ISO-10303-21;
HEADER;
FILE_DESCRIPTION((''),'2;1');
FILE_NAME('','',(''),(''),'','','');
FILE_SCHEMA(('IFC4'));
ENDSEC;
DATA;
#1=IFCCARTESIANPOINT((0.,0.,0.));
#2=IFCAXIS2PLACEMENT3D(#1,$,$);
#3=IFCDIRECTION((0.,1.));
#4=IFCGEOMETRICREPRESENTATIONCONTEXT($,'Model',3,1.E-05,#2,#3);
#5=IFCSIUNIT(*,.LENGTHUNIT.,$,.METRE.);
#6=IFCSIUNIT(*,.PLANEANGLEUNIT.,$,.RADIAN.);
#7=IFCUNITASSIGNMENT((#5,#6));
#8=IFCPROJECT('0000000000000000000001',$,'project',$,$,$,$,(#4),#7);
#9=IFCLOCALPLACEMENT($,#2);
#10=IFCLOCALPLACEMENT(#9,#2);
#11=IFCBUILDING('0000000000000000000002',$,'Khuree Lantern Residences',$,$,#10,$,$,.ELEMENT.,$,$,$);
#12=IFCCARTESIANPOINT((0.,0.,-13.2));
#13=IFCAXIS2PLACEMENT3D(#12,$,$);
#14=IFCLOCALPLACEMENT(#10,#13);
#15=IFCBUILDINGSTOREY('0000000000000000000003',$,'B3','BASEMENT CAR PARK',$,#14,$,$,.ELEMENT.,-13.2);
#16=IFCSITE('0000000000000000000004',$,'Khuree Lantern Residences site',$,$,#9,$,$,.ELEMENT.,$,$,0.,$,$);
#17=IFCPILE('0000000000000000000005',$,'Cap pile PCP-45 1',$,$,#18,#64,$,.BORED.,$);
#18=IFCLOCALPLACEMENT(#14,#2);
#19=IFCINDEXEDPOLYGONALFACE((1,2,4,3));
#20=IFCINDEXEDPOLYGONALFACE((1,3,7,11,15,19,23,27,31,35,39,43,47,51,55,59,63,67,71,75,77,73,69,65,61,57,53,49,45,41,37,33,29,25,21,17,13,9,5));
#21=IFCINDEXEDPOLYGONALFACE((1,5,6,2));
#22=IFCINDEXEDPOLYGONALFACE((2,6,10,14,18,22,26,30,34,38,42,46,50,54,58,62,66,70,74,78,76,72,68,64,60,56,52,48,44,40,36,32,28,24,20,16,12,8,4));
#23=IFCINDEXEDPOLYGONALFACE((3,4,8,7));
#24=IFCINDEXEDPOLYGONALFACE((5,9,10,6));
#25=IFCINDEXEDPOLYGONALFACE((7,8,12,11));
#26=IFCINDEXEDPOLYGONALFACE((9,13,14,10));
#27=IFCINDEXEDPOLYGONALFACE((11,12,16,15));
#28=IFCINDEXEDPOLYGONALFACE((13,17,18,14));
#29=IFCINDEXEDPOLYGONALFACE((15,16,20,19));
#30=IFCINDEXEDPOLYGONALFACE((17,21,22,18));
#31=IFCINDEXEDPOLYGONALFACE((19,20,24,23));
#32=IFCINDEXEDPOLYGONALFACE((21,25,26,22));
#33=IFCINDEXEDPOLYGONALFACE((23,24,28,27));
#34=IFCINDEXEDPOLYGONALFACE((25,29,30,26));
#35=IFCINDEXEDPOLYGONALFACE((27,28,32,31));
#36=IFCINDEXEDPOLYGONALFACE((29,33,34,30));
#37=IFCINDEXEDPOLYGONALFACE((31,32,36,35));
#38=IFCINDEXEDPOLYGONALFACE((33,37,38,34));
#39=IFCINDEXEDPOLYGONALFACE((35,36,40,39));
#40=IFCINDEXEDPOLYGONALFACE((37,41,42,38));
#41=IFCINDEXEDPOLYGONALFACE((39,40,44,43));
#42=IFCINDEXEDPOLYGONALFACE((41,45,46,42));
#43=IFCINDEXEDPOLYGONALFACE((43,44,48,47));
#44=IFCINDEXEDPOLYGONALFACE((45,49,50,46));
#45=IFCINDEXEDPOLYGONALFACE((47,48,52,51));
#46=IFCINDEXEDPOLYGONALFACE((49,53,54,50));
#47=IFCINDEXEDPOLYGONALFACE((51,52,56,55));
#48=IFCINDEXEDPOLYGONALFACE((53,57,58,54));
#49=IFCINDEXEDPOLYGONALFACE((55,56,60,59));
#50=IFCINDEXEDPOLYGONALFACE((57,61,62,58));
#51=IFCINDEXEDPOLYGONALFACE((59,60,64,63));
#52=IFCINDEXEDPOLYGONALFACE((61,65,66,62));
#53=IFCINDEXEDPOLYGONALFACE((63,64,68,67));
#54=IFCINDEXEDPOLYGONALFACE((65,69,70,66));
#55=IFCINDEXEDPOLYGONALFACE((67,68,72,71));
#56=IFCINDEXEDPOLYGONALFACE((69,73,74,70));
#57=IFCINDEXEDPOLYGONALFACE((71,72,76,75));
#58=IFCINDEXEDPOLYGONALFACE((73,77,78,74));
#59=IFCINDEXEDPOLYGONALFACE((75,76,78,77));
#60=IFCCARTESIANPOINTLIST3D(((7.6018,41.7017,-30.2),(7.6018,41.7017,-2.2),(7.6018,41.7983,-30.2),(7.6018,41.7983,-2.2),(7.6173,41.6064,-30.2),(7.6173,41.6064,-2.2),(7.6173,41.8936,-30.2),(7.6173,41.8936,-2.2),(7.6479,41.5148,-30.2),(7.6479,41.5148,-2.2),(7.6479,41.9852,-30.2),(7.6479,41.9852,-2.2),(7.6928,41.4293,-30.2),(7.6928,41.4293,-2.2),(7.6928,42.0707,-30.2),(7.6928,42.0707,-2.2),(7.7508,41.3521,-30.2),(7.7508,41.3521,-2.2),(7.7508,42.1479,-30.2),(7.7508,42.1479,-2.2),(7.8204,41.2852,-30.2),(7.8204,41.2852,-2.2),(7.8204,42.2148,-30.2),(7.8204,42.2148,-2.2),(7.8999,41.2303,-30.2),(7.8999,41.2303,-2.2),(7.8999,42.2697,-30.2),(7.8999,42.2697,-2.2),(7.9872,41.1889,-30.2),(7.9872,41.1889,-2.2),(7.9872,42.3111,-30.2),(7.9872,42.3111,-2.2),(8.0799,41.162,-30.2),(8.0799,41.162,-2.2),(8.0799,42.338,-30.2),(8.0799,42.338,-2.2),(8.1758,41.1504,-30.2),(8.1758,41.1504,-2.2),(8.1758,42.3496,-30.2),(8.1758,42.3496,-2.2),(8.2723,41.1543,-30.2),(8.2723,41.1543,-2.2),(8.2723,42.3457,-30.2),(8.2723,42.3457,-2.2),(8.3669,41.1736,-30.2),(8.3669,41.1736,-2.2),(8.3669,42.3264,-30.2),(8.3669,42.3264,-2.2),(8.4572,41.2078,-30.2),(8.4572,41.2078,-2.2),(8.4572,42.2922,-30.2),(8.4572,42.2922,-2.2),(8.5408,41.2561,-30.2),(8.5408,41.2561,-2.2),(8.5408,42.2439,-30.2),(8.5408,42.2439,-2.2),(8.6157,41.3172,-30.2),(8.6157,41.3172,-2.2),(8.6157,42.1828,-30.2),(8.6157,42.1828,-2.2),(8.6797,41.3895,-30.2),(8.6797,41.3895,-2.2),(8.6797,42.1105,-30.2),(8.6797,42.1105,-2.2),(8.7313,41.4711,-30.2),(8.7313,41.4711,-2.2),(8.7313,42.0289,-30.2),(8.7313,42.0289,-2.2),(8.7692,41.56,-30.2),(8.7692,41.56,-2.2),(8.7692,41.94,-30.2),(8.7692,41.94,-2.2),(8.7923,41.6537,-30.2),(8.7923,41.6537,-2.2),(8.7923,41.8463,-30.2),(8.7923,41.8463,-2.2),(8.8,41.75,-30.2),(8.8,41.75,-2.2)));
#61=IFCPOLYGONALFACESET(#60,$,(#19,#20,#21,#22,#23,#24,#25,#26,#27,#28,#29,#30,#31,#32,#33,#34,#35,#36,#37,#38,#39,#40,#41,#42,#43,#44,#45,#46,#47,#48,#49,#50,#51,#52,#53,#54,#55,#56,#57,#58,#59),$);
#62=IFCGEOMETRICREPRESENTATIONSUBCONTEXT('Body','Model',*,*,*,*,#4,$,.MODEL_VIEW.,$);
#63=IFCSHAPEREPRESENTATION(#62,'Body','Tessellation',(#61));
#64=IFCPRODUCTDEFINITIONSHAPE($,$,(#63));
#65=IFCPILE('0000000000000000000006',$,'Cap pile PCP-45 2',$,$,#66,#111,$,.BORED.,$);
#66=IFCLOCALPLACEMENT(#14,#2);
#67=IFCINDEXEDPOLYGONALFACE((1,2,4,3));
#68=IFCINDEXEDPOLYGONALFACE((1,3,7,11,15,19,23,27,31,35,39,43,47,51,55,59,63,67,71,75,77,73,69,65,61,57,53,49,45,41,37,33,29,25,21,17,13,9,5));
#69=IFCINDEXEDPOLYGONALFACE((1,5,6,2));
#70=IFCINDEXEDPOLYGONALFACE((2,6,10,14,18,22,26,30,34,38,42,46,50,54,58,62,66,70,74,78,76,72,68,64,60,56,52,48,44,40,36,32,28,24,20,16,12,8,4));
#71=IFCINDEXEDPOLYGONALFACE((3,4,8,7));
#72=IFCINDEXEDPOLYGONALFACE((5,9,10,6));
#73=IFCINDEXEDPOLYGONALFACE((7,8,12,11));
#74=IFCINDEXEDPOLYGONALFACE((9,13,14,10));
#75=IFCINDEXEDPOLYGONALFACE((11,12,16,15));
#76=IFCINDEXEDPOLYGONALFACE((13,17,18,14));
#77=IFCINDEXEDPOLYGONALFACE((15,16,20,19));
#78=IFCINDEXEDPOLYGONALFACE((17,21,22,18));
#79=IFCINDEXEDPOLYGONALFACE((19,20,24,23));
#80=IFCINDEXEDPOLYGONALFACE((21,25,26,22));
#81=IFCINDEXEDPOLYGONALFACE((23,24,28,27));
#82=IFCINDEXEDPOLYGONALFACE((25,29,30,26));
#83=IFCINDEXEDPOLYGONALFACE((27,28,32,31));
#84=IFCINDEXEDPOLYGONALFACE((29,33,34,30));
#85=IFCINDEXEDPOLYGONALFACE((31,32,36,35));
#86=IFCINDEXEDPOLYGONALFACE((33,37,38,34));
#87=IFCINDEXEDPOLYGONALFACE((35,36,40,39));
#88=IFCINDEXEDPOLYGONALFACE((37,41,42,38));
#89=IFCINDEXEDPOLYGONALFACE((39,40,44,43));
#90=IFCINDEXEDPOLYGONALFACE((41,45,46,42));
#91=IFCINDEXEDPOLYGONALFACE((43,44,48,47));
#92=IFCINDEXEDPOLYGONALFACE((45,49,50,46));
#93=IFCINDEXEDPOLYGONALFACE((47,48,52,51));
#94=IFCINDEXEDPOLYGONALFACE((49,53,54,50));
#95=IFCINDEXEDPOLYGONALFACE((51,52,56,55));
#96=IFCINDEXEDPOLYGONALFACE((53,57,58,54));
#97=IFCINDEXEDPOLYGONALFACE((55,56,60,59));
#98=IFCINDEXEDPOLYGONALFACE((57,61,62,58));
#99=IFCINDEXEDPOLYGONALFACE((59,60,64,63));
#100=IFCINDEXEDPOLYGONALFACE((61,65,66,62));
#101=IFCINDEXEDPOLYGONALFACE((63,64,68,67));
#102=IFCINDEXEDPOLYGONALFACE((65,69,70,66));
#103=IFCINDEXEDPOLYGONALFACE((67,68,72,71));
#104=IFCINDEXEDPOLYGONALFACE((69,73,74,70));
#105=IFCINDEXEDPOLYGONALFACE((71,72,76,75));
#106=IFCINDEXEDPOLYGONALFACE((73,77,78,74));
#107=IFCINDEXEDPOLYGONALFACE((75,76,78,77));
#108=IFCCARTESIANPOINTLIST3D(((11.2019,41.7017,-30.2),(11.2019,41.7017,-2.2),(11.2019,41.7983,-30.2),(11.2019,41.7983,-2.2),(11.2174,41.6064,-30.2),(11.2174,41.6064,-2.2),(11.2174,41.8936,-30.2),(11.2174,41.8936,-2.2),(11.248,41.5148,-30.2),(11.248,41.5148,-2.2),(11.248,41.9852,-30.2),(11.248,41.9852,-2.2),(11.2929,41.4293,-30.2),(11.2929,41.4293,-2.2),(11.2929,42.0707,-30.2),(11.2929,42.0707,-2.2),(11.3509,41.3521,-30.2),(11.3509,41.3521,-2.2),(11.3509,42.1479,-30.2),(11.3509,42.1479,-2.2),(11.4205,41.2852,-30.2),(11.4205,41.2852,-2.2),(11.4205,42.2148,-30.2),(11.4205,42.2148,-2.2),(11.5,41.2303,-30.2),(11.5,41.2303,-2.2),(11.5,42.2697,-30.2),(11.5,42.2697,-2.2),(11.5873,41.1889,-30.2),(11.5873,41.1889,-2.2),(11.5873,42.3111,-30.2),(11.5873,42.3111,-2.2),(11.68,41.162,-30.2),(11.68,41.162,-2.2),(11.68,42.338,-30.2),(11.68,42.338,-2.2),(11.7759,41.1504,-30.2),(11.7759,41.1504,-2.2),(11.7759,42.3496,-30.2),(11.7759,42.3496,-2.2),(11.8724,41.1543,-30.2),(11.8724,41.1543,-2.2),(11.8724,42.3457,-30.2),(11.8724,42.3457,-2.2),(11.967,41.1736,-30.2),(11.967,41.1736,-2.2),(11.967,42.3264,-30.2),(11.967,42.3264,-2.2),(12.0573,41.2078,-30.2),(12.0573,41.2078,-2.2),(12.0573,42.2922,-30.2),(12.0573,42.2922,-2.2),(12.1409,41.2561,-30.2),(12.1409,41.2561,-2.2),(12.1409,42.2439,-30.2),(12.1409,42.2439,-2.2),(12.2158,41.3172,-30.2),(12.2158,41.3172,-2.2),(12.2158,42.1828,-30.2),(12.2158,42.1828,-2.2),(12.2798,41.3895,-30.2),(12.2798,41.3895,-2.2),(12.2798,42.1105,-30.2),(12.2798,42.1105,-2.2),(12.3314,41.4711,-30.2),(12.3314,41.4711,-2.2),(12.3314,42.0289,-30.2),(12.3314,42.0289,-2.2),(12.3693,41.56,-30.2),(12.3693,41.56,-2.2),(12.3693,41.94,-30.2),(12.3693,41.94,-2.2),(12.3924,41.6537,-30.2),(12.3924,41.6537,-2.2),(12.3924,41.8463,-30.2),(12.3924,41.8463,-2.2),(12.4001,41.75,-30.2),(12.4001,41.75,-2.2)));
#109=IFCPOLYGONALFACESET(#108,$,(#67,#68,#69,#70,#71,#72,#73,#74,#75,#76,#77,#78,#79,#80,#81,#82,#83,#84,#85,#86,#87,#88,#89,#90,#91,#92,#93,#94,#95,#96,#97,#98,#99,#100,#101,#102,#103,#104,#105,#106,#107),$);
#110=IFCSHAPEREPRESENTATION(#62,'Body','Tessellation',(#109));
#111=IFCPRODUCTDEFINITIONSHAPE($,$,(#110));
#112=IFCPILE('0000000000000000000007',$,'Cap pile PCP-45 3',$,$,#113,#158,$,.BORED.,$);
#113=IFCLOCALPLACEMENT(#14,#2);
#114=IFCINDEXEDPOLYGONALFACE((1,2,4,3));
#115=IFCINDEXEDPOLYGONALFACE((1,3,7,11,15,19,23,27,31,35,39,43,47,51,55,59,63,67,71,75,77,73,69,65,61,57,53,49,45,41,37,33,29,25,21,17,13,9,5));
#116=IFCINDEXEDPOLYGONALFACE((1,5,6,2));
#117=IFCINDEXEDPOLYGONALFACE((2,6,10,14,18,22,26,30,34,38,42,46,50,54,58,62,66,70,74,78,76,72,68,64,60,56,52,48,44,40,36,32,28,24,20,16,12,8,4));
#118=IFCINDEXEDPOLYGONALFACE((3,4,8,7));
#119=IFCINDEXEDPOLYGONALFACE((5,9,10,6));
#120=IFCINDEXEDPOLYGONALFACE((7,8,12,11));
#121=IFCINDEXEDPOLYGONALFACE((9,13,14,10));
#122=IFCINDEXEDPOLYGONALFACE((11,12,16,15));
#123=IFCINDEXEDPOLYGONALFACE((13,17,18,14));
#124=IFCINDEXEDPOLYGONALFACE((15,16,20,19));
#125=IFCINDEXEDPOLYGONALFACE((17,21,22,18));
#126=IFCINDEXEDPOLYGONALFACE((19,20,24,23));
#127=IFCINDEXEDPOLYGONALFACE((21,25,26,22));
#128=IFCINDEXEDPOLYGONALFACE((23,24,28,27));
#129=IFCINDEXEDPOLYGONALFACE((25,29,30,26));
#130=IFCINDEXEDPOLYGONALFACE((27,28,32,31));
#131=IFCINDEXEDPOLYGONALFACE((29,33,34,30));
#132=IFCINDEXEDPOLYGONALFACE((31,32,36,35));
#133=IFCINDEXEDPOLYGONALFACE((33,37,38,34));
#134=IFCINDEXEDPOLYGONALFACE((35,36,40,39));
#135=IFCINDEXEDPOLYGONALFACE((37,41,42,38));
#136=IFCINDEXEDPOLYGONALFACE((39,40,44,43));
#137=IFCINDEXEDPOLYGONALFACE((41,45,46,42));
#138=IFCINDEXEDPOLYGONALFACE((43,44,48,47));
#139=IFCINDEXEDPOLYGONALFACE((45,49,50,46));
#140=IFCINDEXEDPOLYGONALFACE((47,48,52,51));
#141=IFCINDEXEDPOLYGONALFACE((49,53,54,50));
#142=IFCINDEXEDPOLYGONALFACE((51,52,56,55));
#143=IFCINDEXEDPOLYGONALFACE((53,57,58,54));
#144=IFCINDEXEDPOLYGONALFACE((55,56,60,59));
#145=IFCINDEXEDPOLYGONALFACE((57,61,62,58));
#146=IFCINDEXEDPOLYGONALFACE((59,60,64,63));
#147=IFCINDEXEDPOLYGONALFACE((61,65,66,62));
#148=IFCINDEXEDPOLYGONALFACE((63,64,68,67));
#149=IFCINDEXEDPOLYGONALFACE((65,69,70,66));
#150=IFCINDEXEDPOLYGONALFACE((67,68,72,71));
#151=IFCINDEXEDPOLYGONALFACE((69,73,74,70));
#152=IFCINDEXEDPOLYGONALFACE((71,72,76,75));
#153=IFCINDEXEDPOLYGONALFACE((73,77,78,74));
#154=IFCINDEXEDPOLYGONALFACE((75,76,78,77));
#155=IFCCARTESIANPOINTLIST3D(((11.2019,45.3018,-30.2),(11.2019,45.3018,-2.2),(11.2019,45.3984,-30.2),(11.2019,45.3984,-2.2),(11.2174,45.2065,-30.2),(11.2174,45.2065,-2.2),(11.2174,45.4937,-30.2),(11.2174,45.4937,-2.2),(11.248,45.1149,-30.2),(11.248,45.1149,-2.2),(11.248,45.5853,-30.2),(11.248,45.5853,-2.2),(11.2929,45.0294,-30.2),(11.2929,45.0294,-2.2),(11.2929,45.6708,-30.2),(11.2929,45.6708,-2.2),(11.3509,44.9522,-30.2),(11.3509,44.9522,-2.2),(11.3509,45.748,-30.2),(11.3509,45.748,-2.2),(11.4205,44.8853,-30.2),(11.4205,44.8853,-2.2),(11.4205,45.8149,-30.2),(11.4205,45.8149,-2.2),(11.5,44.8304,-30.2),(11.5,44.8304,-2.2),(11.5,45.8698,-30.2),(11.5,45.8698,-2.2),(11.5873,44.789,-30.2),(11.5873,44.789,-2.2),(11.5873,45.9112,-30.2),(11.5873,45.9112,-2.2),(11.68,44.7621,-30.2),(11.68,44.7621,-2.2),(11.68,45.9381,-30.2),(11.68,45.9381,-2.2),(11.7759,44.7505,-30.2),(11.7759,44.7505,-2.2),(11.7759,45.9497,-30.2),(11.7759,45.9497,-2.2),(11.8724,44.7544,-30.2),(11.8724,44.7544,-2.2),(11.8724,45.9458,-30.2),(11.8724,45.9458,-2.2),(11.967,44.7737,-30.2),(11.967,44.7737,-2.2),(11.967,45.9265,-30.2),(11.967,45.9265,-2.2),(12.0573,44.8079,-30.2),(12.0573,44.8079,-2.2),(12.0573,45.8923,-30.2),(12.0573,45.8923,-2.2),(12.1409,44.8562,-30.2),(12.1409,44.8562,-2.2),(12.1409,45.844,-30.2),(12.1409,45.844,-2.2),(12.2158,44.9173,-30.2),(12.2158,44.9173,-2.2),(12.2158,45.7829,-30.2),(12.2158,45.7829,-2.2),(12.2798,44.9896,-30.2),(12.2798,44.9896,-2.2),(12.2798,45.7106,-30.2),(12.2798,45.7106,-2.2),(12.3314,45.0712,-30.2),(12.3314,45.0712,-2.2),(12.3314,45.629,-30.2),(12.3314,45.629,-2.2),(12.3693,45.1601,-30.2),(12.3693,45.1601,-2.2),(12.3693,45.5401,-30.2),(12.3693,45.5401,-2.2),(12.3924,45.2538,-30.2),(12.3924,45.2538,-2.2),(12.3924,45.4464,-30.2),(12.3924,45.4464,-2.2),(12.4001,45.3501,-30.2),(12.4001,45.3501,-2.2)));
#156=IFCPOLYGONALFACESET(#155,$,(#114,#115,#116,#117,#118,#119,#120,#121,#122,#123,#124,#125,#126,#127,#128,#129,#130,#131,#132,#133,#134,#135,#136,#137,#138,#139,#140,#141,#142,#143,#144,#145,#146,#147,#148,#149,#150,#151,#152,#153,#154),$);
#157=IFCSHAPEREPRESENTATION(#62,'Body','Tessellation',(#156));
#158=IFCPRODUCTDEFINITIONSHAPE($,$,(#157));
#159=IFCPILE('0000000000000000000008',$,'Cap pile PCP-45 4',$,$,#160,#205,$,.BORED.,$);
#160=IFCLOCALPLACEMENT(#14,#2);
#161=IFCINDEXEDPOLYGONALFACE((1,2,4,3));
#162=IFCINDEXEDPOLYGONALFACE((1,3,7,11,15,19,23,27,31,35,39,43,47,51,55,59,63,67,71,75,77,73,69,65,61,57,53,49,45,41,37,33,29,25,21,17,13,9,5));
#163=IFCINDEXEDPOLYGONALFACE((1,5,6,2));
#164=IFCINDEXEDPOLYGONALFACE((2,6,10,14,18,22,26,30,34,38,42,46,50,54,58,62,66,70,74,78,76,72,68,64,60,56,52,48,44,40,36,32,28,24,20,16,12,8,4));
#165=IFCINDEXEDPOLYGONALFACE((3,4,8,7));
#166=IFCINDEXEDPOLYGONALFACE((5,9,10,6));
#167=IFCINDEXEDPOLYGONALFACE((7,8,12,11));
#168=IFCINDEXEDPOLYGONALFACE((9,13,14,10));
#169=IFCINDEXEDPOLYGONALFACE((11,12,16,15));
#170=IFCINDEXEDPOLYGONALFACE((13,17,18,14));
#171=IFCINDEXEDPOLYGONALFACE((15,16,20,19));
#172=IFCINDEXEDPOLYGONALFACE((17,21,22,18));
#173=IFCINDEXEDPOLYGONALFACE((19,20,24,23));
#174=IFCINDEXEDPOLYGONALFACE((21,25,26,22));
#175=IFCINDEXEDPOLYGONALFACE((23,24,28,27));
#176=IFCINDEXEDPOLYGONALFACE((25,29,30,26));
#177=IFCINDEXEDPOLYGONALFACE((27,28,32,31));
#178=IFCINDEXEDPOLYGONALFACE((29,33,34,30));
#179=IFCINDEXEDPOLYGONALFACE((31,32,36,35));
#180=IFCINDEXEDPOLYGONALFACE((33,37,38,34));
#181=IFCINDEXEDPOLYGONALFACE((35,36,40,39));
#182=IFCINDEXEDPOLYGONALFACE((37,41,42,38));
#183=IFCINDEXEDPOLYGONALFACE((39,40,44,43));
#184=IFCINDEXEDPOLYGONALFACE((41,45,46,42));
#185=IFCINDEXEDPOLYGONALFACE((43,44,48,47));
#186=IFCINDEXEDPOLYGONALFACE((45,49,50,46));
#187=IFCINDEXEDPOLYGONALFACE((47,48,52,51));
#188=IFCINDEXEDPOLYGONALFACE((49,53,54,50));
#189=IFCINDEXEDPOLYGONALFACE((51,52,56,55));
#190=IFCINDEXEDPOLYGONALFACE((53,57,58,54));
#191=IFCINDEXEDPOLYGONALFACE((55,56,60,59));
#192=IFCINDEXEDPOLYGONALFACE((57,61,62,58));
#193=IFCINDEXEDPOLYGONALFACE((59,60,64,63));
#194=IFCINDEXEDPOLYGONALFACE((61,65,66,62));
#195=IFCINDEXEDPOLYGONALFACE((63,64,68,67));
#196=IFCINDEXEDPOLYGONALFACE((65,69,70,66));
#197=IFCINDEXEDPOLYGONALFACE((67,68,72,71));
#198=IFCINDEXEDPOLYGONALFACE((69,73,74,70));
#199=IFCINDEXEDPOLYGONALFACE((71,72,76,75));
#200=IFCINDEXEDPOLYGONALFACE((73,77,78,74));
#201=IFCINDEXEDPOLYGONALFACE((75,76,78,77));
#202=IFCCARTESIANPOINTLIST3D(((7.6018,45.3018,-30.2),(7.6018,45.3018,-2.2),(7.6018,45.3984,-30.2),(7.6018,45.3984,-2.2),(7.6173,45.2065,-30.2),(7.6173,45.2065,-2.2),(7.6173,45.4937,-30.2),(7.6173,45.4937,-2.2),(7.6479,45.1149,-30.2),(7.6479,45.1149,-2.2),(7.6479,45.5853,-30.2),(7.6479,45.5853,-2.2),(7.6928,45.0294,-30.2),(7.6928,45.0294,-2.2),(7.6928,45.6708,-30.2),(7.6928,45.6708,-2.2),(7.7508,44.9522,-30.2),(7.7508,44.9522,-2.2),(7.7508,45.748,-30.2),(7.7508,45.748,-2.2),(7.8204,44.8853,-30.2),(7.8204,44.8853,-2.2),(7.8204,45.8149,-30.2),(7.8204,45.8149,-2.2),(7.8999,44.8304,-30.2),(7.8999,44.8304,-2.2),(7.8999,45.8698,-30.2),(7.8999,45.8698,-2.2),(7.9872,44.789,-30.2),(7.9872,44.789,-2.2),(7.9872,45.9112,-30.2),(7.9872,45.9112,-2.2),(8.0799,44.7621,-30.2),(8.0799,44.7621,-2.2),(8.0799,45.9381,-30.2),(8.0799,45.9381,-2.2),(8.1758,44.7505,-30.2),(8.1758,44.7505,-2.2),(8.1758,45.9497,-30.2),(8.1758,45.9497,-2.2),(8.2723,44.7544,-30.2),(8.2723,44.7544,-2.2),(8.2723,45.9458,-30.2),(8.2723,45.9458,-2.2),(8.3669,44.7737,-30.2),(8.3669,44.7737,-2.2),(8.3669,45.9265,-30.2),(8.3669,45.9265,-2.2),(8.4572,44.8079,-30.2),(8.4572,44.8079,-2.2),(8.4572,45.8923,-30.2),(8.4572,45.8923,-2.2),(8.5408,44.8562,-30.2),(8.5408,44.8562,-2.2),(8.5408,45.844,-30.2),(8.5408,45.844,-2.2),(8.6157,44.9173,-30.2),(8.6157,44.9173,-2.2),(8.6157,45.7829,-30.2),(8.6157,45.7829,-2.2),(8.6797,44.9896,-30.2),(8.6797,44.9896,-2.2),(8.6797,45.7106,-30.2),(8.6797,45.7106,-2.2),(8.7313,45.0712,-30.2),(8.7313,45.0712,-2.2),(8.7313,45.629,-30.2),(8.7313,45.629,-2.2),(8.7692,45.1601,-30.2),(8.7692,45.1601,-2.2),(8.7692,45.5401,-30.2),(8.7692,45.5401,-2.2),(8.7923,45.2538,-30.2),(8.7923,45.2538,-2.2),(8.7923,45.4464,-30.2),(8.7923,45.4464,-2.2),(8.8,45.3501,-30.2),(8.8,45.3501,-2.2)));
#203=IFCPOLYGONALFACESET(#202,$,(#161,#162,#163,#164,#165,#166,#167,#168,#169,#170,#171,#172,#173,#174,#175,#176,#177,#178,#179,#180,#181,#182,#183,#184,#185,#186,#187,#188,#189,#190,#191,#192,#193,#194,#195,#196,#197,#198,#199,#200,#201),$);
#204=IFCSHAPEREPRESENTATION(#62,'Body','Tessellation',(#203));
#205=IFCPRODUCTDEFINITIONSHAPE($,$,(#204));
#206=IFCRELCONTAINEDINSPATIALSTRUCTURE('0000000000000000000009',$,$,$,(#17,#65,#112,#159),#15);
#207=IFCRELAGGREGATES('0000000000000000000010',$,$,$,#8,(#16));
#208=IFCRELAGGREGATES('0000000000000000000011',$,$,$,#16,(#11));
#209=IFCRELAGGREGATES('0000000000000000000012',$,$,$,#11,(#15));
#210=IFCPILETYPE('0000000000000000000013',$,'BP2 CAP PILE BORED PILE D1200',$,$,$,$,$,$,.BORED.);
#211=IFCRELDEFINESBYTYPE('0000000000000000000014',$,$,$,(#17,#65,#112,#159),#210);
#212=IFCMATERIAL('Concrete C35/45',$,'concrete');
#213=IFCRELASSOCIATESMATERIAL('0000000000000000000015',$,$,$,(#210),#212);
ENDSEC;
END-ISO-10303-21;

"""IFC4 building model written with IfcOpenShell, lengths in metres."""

from ifc_helpers import new_model, si_unit, direction, frame, origin, origin_2d, place, context, subcontext, project, spatial, circle, extrude, material, material_profile, profile_set, type_object, element, save


model = new_model("IFC4")

# Units and contexts
model_context = context("Model", 3, precision=1e-05, world=origin(), true_north=direction((0.0, 1.0)))
body_context = subcontext(model_context, "Body", "Model", "MODEL_VIEW")
ifc_project = project(units=[si_unit("LENGTHUNIT", "METRE"), si_unit("PLANEANGLEUNIT", "RADIAN")], contexts=[model_context])

# Site, building, storey
site_placement = place(None, origin())
site = spatial("IfcSite", under=ifc_project, at=site_placement, Name="Khuree Lantern Residences site", CompositionType="ELEMENT", RefElevation=0.0)
building_placement = place(site_placement, origin())
building = spatial("IfcBuilding", under=site, at=building_placement, Name="Khuree Lantern Residences", CompositionType="ELEMENT")
storey_placement = place(building_placement, frame((0.0, 0.0, -13.2)))
storey = spatial("IfcBuildingStorey", under=building, at=storey_placement, Name="B3", Description="BASEMENT CAR PARK", CompositionType="ELEMENT", Elevation=-13.2)

# Piles
ifc_material_1 = material(Name="Concrete C35/45", Category="concrete")
ifc_material_profile_1 = material_profile(ifc_material_1, circle(Radius=0.6001, at=origin_2d()), Name="BORED PILE D1200")
ifc_profile_set_1 = profile_set([ifc_material_profile_1], Name="Concrete C35/45")
pile_type_1 = type_object("IfcPileType", Name="BP2 CAP PILE BORED PILE D1200", PredefinedType="BORED", material=ifc_profile_set_1)
for number, where, z_axis, x_axis, name in (
    (1, (8.2, 41.75, -2.2), (0.0, 0.0, -1.0), (1.0, 0.0, 0.0), "Cap pile PCP-45 1"),
    (2, (11.8, 41.75, -2.2), (0.0, 0.0, -1.0), (1.0, 0.0, 0.0), "Cap pile PCP-45 2"),
    (3, (11.8, 45.3501, -2.2), (0.0, 0.0, -1.0), (1.0, 0.0, 0.0), "Cap pile PCP-45 3"),
    (4, (8.2, 45.3501, -2.2), (0.0, 0.0, -1.0), (1.0, 0.0, 0.0), "Cap pile PCP-45 4"),
):
    element("IfcPile", number, at=place(storey_placement, frame(where, z_axis=z_axis, x_axis=x_axis)), inside=storey, type_object=pile_type_1, Name=name, PredefinedType="BORED", context=body_context, shape_type="SweptSolid", body=[
        extrude(circle(Radius=0.6001, at=origin_2d()), origin(), (0.0, 0.0, 1.0), 28.0),
    ])

save(model, "model.ifc")
